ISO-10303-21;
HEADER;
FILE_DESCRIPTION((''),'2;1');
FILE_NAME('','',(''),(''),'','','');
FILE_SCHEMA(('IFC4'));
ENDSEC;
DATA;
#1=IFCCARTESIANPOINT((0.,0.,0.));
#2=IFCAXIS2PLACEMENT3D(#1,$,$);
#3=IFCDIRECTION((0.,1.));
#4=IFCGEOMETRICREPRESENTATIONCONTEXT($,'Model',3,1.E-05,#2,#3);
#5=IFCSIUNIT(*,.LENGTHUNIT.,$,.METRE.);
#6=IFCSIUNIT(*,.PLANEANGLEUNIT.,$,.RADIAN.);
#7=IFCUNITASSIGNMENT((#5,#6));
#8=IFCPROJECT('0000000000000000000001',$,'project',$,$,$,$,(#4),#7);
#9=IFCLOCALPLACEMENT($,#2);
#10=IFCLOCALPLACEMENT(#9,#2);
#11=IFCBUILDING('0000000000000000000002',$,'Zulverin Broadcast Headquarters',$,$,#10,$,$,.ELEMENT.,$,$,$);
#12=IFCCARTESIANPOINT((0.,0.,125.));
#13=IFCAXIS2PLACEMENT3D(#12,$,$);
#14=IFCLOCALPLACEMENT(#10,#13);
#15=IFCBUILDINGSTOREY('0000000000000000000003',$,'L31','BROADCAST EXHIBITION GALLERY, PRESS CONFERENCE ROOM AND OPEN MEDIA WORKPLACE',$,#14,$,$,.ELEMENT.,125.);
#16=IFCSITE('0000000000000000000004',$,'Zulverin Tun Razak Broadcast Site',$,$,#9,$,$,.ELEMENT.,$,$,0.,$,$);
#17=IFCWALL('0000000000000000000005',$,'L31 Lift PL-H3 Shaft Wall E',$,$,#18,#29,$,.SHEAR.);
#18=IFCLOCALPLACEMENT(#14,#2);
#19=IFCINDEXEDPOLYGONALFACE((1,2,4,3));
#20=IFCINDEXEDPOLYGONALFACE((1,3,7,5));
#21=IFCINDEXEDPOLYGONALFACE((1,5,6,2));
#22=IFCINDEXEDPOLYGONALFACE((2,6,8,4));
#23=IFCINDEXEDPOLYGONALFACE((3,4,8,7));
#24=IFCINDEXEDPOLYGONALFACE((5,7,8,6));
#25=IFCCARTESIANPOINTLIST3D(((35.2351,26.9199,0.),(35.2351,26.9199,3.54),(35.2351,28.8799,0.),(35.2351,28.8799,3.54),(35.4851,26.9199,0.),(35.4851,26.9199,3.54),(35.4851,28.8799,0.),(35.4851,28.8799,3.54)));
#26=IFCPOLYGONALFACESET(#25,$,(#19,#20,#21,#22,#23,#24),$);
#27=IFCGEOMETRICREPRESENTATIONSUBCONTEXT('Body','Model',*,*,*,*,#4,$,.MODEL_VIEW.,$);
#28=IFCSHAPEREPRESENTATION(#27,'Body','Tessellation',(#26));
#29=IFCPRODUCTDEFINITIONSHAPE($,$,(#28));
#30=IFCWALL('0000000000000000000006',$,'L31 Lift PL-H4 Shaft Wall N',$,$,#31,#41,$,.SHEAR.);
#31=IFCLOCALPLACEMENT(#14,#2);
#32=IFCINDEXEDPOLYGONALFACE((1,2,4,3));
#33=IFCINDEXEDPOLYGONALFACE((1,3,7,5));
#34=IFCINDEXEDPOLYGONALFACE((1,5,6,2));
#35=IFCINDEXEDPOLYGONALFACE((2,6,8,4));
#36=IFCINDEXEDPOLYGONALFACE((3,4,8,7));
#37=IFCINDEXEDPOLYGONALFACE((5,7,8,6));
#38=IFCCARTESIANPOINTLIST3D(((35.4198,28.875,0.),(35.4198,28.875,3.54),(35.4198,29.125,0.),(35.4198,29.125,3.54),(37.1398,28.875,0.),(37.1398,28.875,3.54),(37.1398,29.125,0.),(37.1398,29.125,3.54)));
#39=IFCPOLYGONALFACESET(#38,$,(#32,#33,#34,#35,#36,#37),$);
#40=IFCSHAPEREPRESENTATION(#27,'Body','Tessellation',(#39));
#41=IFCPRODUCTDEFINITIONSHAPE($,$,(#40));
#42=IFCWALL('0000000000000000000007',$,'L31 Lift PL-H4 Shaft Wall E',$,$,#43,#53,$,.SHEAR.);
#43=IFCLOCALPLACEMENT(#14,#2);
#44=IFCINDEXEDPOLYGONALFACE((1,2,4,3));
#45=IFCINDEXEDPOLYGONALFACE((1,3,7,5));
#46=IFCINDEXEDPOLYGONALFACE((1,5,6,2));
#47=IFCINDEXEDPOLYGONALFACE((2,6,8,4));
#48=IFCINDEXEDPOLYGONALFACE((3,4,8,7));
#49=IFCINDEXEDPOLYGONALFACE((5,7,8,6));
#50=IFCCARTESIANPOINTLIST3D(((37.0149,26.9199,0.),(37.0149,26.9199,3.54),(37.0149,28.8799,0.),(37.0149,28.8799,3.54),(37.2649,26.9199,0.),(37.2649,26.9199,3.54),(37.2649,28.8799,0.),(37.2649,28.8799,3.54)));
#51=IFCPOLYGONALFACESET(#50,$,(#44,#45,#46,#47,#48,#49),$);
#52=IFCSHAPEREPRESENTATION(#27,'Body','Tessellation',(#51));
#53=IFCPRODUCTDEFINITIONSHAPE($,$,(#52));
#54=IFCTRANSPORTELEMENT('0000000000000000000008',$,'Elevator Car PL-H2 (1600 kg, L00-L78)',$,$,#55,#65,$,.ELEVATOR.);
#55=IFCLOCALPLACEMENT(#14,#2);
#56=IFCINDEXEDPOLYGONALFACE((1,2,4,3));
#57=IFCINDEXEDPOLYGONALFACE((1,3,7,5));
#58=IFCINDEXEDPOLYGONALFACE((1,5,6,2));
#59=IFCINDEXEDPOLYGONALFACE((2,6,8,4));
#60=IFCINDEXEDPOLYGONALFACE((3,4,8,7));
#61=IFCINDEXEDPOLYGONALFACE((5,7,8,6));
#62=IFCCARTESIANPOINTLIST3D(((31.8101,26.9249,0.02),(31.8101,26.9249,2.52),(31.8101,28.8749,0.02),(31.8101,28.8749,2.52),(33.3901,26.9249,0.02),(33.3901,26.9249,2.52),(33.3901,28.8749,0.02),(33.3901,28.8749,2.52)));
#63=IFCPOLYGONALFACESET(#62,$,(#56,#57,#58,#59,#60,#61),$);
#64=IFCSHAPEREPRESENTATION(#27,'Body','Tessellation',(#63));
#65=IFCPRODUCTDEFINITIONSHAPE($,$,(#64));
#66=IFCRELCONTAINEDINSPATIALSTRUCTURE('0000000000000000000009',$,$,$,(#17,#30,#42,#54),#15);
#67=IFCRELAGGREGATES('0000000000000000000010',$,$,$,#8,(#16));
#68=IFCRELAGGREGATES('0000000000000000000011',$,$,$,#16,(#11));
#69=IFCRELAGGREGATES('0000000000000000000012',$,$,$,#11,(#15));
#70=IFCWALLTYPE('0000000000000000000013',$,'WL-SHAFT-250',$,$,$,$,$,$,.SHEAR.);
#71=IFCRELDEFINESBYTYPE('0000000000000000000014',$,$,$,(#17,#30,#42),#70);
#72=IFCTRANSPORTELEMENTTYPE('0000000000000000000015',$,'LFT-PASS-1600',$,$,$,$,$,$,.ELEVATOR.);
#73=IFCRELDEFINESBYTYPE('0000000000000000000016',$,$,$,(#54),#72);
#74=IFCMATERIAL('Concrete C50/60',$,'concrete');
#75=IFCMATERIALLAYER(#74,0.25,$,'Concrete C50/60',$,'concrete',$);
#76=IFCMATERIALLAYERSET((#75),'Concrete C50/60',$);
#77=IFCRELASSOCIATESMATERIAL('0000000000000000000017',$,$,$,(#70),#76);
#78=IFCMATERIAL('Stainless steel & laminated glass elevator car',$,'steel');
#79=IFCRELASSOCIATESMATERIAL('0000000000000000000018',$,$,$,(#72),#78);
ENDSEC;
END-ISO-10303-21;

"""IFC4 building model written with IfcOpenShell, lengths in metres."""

from ifc_helpers import new_model, si_unit, direction, frame, frame_2d, origin, origin_2d, place, context, subcontext, project, spatial, rectangle, extrude, material, layer, layer_set, type_object, element, save


model = new_model("IFC4")

# Units and contexts
model_context = context("Model", 3, precision=1e-05, world=origin(), true_north=direction((0.0, 1.0)))
body_context = subcontext(model_context, "Body", "Model", "MODEL_VIEW")
ifc_project = project(units=[si_unit("LENGTHUNIT", "METRE"), si_unit("PLANEANGLEUNIT", "RADIAN")], contexts=[model_context])

# Site, building, storey
site_placement = place(None, origin())
site = spatial("IfcSite", under=ifc_project, at=site_placement, Name="Zulverin Tun Razak Broadcast Site", CompositionType="ELEMENT", RefElevation=0.0)
building_placement = place(site_placement, origin())
building = spatial("IfcBuilding", under=site, at=building_placement, Name="Zulverin Broadcast Headquarters", CompositionType="ELEMENT")
storey_placement = place(building_placement, frame((0.0, 0.0, 125.0)))
storey = spatial("IfcBuildingStorey", under=building, at=storey_placement, Name="L31", Description="BROADCAST EXHIBITION GALLERY, PRESS CONFERENCE ROOM AND OPEN MEDIA WORKPLACE", CompositionType="ELEMENT", Elevation=125.0)

# Shared definitions
ifc_material_1 = material(Name="Concrete C50/60", Category="concrete")
ifc_layer_1 = layer(ifc_material_1, 0.25, Name="Concrete C50/60", Category="concrete")
ifc_layer_set_1 = layer_set([ifc_layer_1], Name="Concrete C50/60")
wall_type_1 = type_object("IfcWallType", Name="WL-SHAFT-250", PredefinedType="SHEAR", material=ifc_layer_set_1)

# Wall
wall_1_placement = place(storey_placement, frame((35.3601, 26.9199, 0.0), z_axis=(0.0, 0.0, 1.0), x_axis=(0.0, 1.0, 0.0)))
element("IfcWall", 1, at=wall_1_placement, inside=storey, type_object=wall_type_1, Name="L31 Lift PL-H3 Shaft Wall E", PredefinedType="SHEAR", context=body_context, shape_type="SweptSolid", body=[
    extrude(rectangle(XDim=1.96, YDim=0.25, at=frame_2d((0.98, 0.0))), origin(), (0.0, 0.0, 1.0), 3.54),
])

# Walls
wall_2_placement = place(storey_placement, frame((35.4199, 29.0, 0.0), z_axis=(0.0, 0.0, 1.0), x_axis=(1.0, 0.0, 0.0)))
element("IfcWall", 2, at=wall_2_placement, inside=storey, type_object=wall_type_1, Name="L31 Lift PL-H4 Shaft Wall N", PredefinedType="SHEAR", context=body_context, shape_type="SweptSolid", body=[
    extrude(rectangle(XDim=1.72, YDim=0.25, at=frame_2d((0.8599, 0.0))), origin(), (0.0, 0.0, 1.0), 3.54),
])
wall_3_placement = place(storey_placement, frame((37.1399, 26.9199, 0.0), z_axis=(0.0, 0.0, 1.0), x_axis=(0.0, 1.0, 0.0)))
element("IfcWall", 3, at=wall_3_placement, inside=storey, type_object=wall_type_1, Name="L31 Lift PL-H4 Shaft Wall E", PredefinedType="SHEAR", context=body_context, shape_type="SweptSolid", body=[
    extrude(rectangle(XDim=1.96, YDim=0.25, at=frame_2d((0.98, 0.0))), origin(), (0.0, 0.0, 1.0), 3.54),
])

# Transport element
ifc_material_2 = material(Name="Stainless steel & laminated glass elevator car", Category="steel")
transport_element_type = type_object("IfcTransportElementType", Name="LFT-PASS-1600", PredefinedType="ELEVATOR", material=ifc_material_2)
transport_element_placement = place(storey_placement, frame((32.6001, 27.8999, 0.02), z_axis=(0.0, 0.0, 1.0), x_axis=(1.0, 0.0, 0.0)))
element("IfcTransportElement", 4, at=transport_element_placement, inside=storey, type_object=transport_element_type, Name="Elevator Car PL-H2 (1600 kg, L00-L78)", PredefinedType="ELEVATOR", context=body_context, shape_type="SweptSolid", body=[
    extrude(rectangle(XDim=1.5801, YDim=1.95, at=origin_2d()), origin(), (0.0, 0.0, 1.0), 2.5),
])

save(model, "model.ifc")
